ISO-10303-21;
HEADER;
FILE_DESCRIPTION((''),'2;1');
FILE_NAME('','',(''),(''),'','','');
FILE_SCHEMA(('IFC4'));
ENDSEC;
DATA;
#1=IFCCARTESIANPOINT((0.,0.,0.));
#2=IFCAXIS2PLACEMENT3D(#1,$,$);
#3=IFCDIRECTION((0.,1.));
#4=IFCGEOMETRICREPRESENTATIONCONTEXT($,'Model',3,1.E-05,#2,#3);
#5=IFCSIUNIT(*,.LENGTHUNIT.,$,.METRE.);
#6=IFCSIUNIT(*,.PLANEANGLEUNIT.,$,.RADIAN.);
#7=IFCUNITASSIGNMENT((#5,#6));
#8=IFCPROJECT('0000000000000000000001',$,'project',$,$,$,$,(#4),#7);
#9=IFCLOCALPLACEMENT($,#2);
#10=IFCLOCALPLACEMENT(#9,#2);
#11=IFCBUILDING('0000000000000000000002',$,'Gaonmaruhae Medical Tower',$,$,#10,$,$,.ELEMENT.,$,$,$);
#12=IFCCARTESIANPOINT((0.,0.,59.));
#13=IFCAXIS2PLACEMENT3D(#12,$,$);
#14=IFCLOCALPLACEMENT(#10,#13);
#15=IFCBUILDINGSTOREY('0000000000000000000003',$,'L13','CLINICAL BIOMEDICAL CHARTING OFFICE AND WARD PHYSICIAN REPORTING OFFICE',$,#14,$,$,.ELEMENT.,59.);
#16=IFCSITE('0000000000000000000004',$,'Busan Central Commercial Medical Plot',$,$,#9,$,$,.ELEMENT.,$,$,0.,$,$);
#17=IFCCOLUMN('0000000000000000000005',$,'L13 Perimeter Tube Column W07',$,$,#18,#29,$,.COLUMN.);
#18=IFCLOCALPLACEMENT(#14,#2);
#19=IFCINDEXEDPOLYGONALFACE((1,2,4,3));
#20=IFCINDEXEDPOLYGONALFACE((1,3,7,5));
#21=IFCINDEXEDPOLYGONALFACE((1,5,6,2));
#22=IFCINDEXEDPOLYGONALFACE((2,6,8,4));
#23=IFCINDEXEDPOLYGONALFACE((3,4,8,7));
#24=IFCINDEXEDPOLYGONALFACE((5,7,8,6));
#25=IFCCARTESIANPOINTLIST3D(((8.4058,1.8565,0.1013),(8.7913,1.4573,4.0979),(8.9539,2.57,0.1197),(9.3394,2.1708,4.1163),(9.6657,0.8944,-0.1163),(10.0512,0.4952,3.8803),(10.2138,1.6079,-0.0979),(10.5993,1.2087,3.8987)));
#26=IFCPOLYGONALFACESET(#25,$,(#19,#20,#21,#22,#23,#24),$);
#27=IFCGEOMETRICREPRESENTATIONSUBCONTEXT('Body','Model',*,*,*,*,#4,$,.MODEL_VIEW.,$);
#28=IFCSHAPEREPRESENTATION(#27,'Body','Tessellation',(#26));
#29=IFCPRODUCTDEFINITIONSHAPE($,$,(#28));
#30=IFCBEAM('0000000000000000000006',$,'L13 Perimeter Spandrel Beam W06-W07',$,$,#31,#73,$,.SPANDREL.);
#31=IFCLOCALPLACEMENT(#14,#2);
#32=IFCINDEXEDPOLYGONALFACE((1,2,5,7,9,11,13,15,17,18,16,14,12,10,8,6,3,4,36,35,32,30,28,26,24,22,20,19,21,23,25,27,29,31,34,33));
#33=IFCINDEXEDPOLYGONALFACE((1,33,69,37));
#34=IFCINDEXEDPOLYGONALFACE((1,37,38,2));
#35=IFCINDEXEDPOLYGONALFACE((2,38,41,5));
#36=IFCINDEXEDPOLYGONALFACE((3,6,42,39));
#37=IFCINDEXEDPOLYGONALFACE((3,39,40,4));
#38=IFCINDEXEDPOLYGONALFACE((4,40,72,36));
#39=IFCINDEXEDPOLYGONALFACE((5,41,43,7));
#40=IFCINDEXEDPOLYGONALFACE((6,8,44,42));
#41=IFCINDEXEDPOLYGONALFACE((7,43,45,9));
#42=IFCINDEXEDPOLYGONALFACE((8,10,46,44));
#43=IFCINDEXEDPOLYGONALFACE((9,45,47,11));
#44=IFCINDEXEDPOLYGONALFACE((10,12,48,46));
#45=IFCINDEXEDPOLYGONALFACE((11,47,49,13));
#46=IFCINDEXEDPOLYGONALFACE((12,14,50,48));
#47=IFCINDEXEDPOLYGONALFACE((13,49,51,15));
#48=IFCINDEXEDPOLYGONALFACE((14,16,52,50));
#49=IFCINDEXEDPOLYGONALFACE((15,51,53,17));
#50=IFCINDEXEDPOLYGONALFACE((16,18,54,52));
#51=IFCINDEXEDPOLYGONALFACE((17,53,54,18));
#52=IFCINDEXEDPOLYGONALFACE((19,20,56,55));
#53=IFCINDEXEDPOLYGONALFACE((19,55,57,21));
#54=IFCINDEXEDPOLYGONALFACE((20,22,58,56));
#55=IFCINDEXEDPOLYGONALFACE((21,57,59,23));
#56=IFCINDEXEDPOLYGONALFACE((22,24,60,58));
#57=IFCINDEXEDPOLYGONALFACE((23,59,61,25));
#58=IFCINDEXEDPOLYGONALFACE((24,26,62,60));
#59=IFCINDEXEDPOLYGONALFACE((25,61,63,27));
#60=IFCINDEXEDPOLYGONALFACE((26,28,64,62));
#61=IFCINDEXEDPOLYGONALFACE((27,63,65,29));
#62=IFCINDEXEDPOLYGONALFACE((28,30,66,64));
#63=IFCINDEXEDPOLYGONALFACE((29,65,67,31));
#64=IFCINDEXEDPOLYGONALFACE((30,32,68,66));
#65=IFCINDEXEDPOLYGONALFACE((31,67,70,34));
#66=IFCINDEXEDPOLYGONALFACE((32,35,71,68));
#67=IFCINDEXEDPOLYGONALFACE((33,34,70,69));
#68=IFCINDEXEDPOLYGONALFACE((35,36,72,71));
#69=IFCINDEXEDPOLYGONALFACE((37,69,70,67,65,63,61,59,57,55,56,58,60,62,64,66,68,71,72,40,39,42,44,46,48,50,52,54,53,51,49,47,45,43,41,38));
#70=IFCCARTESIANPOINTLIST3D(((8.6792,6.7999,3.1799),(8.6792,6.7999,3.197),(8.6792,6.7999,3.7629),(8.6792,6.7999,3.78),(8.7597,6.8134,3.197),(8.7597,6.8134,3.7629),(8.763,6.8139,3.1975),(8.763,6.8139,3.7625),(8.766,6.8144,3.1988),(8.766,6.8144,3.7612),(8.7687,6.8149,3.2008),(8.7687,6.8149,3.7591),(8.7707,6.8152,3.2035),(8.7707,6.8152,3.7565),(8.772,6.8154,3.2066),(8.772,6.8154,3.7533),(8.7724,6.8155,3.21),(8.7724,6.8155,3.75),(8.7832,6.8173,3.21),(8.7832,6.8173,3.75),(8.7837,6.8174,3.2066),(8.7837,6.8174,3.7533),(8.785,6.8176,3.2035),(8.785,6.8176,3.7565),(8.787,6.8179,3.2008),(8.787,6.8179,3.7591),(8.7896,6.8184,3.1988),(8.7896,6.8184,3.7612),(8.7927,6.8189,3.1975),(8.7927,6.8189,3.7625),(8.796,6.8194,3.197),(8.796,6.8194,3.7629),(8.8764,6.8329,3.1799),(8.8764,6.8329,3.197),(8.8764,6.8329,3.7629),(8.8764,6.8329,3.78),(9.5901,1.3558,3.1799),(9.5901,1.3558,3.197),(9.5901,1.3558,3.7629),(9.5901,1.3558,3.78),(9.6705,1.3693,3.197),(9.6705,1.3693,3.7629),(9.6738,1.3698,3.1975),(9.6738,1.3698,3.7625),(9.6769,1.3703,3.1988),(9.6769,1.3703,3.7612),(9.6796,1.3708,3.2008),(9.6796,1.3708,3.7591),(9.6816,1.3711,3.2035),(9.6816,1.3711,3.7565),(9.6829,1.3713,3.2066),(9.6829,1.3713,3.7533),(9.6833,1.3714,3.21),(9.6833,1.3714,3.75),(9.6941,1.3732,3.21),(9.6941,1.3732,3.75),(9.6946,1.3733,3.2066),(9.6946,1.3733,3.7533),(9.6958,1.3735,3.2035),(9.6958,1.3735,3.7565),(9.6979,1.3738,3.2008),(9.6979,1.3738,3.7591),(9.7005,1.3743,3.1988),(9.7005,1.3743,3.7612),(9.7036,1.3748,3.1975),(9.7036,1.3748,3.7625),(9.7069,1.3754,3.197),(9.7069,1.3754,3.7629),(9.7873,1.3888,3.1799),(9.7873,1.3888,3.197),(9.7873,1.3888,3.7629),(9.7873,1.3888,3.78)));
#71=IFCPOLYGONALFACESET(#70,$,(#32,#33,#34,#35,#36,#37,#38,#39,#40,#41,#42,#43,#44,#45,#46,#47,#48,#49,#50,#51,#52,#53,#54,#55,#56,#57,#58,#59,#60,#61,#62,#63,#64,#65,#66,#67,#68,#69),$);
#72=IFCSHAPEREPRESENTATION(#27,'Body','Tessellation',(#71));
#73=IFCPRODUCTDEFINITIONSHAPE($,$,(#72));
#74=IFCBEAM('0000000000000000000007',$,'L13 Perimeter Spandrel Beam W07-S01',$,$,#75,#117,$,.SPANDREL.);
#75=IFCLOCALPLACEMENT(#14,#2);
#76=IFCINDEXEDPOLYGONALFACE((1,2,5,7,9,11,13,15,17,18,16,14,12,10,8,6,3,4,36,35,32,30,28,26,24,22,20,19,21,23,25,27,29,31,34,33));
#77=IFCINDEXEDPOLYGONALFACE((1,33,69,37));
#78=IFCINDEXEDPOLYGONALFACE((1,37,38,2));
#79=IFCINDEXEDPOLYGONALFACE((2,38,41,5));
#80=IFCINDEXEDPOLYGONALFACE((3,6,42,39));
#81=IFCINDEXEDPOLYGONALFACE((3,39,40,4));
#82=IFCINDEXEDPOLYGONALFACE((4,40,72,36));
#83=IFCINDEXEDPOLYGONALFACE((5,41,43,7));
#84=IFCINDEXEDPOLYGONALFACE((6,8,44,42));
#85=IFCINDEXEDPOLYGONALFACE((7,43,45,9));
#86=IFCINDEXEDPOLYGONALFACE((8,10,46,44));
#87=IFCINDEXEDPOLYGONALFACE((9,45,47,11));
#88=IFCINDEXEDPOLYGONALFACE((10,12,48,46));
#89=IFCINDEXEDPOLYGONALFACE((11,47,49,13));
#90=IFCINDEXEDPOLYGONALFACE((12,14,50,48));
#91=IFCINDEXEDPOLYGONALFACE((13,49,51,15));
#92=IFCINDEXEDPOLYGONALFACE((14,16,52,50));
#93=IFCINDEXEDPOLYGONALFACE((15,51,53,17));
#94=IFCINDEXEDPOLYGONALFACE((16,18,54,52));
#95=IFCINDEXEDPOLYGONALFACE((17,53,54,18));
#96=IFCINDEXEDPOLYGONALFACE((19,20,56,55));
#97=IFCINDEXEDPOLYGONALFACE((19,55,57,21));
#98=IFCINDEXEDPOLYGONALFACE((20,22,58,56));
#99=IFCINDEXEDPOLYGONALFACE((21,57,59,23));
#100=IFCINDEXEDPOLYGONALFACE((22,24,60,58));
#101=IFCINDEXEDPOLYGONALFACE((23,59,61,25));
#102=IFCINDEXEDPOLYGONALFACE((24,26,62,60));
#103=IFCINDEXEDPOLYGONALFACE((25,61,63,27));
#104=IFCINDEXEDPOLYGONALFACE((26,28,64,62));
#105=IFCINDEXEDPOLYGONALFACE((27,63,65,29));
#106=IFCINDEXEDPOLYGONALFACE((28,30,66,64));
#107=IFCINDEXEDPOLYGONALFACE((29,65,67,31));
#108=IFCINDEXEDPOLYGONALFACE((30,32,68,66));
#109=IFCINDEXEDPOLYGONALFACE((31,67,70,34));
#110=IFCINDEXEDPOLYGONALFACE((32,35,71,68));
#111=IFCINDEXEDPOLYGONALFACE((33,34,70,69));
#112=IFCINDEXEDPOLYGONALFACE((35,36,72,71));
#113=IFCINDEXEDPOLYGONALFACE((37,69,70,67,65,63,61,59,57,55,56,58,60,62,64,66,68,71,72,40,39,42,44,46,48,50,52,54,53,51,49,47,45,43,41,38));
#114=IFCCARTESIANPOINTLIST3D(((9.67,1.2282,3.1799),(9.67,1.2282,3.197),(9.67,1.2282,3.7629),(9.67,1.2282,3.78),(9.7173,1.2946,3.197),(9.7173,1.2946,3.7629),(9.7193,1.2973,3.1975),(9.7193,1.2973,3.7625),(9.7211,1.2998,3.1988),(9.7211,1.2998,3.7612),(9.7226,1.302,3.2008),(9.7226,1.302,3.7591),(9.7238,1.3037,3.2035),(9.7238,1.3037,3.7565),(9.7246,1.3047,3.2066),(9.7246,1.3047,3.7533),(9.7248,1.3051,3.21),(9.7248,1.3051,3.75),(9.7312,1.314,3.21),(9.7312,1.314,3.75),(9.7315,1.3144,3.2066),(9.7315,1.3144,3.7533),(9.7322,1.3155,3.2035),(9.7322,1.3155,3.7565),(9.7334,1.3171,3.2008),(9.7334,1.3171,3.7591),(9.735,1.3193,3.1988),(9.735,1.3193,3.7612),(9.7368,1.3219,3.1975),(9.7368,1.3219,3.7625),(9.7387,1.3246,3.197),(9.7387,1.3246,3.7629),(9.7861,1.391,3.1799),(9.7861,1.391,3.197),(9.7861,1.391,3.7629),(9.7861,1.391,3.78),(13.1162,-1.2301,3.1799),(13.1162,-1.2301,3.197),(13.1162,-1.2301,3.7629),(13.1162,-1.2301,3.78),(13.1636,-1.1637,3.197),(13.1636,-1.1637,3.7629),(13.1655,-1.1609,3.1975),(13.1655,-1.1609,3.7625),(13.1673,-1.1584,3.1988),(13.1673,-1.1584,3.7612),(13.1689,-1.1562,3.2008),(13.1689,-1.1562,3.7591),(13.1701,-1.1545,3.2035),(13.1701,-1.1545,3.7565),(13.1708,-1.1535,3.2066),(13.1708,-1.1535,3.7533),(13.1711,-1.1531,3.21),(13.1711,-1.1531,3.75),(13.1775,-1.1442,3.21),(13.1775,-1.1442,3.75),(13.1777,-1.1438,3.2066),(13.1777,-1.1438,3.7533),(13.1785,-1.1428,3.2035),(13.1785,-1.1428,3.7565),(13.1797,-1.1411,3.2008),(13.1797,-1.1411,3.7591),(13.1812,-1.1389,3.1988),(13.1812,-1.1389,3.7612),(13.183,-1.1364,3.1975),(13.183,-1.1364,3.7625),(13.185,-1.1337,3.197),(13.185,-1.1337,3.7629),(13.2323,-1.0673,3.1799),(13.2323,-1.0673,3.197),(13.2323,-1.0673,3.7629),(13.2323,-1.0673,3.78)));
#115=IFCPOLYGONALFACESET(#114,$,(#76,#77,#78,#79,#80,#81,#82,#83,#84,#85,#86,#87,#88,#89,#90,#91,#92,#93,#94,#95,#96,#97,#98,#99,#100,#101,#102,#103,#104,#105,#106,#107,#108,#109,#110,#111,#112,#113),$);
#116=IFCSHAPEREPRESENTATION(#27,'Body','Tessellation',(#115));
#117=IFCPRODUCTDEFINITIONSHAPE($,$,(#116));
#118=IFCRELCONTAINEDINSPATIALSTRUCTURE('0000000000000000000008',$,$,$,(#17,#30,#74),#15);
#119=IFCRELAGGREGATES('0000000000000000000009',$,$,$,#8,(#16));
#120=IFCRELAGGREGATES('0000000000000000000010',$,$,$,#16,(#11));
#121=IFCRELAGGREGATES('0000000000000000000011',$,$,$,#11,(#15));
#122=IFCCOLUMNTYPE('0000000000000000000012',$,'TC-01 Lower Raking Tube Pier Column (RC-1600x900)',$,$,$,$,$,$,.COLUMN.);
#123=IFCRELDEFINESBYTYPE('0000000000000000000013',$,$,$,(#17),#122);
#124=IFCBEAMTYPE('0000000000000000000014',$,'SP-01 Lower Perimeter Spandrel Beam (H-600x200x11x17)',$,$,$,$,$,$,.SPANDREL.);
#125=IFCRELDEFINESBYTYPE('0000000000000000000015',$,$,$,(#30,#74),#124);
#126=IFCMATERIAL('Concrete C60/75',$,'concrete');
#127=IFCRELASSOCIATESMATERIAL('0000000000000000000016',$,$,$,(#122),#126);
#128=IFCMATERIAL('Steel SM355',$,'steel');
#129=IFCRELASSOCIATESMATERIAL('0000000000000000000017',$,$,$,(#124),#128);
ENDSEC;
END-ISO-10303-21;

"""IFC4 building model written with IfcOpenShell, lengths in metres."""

from ifc_helpers import new_model, si_unit, direction, frame, origin, origin_2d, place, context, subcontext, project, spatial, rectangle, i_section, extrude, material, material_profile, profile_set, type_object, element, save


model = new_model("IFC4")

# Units and contexts
model_context = context("Model", 3, precision=1e-05, world=origin(), true_north=direction((0.0, 1.0)))
body_context = subcontext(model_context, "Body", "Model", "MODEL_VIEW")
ifc_project = project(units=[si_unit("LENGTHUNIT", "METRE"), si_unit("PLANEANGLEUNIT", "RADIAN")], contexts=[model_context])

# Site, building, storey
site_placement = place(None, origin())
site = spatial("IfcSite", under=ifc_project, at=site_placement, Name="Busan Central Commercial Medical Plot", CompositionType="ELEMENT", RefElevation=0.0)
building_placement = place(site_placement, origin())
building = spatial("IfcBuilding", under=site, at=building_placement, Name="Gaonmaruhae Medical Tower", CompositionType="ELEMENT")
storey_placement = place(building_placement, frame((0.0, 0.0, 59.0)))
storey = spatial("IfcBuildingStorey", under=building, at=storey_placement, Name="L13", Description="CLINICAL BIOMEDICAL CHARTING OFFICE AND WARD PHYSICIAN REPORTING OFFICE", CompositionType="ELEMENT", Elevation=59.0)

# Column
ifc_material_1 = material(Name="Concrete C60/75", Category="concrete")
ifc_material_profile_1 = material_profile(ifc_material_1, rectangle(XDim=1.6001, YDim=0.8999, at=origin_2d()), Name="RC-1600x900")
ifc_profile_set_1 = profile_set([ifc_material_profile_1], Name="Concrete C60/75")
column_type = type_object("IfcColumnType", Name="TC-01 Lower Raking Tube Pier Column (RC-1600x900)", PredefinedType="COLUMN", material=ifc_profile_set_1)
column_placement = place(storey_placement, frame((9.3098, 1.7322, 0.0017), z_axis=(0.09554, -0.098929, 0.990497), x_axis=(-0.787375, 0.601285, 0.136003)))
element("IfcColumn", 1, at=column_placement, inside=storey, type_object=column_type, Name="L13 Perimeter Tube Column W07", PredefinedType="COLUMN", context=body_context, shape_type="SweptSolid", body=[
    extrude(rectangle(XDim=1.6001, YDim=0.8999, at=origin_2d()), origin(), (0.0, 0.0, 1.0), 4.0349),
])

# Beams
ifc_material_2 = material(Name="Steel SM355", Category="steel")
ifc_material_profile_2 = material_profile(ifc_material_2, i_section(OverallWidth=0.2, OverallDepth=0.6001, WebThickness=0.011, FlangeThickness=0.0171, FilletRadius=0.0129, at=origin_2d()), Name="H-600x200x11x17")
ifc_profile_set_2 = profile_set([ifc_material_profile_2], Name="Steel SM355")
beam_type = type_object("IfcBeamType", Name="SP-01 Lower Perimeter Spandrel Beam (H-600x200x11x17)", PredefinedType="SPANDREL", material=ifc_profile_set_2)
beam_1_placement = place(storey_placement, frame((8.7778, 6.8164, 3.48), z_axis=(0.165023, -0.98629, 0.0), x_axis=(0.98629, 0.165023, 0.0)))
element("IfcBeam", 2, at=beam_1_placement, inside=storey, type_object=beam_type, Name="L13 Perimeter Spandrel Beam W06-W07", PredefinedType="SPANDREL", context=body_context, shape_type="SweptSolid", body=[
    extrude(i_section(OverallWidth=0.2, OverallDepth=0.6001, WebThickness=0.011, FlangeThickness=0.0171, FilletRadius=0.0129, at=origin_2d()), origin(), (0.0, 0.0, 1.0), 5.5198),
])
beam_2_placement = place(storey_placement, frame((9.728, 1.3096, 3.48), z_axis=(0.814111, -0.580709, 0.0), x_axis=(0.580709, 0.814111, 0.0)))
element("IfcBeam", 3, at=beam_2_placement, inside=storey, type_object=beam_type, Name="L13 Perimeter Spandrel Beam W07-S01", PredefinedType="SPANDREL", context=body_context, shape_type="SweptSolid", body=[
    extrude(i_section(OverallWidth=0.2, OverallDepth=0.6001, WebThickness=0.011, FlangeThickness=0.0171, FilletRadius=0.0129, at=origin_2d()), origin(), (0.0, 0.0, 1.0), 4.2332),
])

save(model, "model.ifc")
